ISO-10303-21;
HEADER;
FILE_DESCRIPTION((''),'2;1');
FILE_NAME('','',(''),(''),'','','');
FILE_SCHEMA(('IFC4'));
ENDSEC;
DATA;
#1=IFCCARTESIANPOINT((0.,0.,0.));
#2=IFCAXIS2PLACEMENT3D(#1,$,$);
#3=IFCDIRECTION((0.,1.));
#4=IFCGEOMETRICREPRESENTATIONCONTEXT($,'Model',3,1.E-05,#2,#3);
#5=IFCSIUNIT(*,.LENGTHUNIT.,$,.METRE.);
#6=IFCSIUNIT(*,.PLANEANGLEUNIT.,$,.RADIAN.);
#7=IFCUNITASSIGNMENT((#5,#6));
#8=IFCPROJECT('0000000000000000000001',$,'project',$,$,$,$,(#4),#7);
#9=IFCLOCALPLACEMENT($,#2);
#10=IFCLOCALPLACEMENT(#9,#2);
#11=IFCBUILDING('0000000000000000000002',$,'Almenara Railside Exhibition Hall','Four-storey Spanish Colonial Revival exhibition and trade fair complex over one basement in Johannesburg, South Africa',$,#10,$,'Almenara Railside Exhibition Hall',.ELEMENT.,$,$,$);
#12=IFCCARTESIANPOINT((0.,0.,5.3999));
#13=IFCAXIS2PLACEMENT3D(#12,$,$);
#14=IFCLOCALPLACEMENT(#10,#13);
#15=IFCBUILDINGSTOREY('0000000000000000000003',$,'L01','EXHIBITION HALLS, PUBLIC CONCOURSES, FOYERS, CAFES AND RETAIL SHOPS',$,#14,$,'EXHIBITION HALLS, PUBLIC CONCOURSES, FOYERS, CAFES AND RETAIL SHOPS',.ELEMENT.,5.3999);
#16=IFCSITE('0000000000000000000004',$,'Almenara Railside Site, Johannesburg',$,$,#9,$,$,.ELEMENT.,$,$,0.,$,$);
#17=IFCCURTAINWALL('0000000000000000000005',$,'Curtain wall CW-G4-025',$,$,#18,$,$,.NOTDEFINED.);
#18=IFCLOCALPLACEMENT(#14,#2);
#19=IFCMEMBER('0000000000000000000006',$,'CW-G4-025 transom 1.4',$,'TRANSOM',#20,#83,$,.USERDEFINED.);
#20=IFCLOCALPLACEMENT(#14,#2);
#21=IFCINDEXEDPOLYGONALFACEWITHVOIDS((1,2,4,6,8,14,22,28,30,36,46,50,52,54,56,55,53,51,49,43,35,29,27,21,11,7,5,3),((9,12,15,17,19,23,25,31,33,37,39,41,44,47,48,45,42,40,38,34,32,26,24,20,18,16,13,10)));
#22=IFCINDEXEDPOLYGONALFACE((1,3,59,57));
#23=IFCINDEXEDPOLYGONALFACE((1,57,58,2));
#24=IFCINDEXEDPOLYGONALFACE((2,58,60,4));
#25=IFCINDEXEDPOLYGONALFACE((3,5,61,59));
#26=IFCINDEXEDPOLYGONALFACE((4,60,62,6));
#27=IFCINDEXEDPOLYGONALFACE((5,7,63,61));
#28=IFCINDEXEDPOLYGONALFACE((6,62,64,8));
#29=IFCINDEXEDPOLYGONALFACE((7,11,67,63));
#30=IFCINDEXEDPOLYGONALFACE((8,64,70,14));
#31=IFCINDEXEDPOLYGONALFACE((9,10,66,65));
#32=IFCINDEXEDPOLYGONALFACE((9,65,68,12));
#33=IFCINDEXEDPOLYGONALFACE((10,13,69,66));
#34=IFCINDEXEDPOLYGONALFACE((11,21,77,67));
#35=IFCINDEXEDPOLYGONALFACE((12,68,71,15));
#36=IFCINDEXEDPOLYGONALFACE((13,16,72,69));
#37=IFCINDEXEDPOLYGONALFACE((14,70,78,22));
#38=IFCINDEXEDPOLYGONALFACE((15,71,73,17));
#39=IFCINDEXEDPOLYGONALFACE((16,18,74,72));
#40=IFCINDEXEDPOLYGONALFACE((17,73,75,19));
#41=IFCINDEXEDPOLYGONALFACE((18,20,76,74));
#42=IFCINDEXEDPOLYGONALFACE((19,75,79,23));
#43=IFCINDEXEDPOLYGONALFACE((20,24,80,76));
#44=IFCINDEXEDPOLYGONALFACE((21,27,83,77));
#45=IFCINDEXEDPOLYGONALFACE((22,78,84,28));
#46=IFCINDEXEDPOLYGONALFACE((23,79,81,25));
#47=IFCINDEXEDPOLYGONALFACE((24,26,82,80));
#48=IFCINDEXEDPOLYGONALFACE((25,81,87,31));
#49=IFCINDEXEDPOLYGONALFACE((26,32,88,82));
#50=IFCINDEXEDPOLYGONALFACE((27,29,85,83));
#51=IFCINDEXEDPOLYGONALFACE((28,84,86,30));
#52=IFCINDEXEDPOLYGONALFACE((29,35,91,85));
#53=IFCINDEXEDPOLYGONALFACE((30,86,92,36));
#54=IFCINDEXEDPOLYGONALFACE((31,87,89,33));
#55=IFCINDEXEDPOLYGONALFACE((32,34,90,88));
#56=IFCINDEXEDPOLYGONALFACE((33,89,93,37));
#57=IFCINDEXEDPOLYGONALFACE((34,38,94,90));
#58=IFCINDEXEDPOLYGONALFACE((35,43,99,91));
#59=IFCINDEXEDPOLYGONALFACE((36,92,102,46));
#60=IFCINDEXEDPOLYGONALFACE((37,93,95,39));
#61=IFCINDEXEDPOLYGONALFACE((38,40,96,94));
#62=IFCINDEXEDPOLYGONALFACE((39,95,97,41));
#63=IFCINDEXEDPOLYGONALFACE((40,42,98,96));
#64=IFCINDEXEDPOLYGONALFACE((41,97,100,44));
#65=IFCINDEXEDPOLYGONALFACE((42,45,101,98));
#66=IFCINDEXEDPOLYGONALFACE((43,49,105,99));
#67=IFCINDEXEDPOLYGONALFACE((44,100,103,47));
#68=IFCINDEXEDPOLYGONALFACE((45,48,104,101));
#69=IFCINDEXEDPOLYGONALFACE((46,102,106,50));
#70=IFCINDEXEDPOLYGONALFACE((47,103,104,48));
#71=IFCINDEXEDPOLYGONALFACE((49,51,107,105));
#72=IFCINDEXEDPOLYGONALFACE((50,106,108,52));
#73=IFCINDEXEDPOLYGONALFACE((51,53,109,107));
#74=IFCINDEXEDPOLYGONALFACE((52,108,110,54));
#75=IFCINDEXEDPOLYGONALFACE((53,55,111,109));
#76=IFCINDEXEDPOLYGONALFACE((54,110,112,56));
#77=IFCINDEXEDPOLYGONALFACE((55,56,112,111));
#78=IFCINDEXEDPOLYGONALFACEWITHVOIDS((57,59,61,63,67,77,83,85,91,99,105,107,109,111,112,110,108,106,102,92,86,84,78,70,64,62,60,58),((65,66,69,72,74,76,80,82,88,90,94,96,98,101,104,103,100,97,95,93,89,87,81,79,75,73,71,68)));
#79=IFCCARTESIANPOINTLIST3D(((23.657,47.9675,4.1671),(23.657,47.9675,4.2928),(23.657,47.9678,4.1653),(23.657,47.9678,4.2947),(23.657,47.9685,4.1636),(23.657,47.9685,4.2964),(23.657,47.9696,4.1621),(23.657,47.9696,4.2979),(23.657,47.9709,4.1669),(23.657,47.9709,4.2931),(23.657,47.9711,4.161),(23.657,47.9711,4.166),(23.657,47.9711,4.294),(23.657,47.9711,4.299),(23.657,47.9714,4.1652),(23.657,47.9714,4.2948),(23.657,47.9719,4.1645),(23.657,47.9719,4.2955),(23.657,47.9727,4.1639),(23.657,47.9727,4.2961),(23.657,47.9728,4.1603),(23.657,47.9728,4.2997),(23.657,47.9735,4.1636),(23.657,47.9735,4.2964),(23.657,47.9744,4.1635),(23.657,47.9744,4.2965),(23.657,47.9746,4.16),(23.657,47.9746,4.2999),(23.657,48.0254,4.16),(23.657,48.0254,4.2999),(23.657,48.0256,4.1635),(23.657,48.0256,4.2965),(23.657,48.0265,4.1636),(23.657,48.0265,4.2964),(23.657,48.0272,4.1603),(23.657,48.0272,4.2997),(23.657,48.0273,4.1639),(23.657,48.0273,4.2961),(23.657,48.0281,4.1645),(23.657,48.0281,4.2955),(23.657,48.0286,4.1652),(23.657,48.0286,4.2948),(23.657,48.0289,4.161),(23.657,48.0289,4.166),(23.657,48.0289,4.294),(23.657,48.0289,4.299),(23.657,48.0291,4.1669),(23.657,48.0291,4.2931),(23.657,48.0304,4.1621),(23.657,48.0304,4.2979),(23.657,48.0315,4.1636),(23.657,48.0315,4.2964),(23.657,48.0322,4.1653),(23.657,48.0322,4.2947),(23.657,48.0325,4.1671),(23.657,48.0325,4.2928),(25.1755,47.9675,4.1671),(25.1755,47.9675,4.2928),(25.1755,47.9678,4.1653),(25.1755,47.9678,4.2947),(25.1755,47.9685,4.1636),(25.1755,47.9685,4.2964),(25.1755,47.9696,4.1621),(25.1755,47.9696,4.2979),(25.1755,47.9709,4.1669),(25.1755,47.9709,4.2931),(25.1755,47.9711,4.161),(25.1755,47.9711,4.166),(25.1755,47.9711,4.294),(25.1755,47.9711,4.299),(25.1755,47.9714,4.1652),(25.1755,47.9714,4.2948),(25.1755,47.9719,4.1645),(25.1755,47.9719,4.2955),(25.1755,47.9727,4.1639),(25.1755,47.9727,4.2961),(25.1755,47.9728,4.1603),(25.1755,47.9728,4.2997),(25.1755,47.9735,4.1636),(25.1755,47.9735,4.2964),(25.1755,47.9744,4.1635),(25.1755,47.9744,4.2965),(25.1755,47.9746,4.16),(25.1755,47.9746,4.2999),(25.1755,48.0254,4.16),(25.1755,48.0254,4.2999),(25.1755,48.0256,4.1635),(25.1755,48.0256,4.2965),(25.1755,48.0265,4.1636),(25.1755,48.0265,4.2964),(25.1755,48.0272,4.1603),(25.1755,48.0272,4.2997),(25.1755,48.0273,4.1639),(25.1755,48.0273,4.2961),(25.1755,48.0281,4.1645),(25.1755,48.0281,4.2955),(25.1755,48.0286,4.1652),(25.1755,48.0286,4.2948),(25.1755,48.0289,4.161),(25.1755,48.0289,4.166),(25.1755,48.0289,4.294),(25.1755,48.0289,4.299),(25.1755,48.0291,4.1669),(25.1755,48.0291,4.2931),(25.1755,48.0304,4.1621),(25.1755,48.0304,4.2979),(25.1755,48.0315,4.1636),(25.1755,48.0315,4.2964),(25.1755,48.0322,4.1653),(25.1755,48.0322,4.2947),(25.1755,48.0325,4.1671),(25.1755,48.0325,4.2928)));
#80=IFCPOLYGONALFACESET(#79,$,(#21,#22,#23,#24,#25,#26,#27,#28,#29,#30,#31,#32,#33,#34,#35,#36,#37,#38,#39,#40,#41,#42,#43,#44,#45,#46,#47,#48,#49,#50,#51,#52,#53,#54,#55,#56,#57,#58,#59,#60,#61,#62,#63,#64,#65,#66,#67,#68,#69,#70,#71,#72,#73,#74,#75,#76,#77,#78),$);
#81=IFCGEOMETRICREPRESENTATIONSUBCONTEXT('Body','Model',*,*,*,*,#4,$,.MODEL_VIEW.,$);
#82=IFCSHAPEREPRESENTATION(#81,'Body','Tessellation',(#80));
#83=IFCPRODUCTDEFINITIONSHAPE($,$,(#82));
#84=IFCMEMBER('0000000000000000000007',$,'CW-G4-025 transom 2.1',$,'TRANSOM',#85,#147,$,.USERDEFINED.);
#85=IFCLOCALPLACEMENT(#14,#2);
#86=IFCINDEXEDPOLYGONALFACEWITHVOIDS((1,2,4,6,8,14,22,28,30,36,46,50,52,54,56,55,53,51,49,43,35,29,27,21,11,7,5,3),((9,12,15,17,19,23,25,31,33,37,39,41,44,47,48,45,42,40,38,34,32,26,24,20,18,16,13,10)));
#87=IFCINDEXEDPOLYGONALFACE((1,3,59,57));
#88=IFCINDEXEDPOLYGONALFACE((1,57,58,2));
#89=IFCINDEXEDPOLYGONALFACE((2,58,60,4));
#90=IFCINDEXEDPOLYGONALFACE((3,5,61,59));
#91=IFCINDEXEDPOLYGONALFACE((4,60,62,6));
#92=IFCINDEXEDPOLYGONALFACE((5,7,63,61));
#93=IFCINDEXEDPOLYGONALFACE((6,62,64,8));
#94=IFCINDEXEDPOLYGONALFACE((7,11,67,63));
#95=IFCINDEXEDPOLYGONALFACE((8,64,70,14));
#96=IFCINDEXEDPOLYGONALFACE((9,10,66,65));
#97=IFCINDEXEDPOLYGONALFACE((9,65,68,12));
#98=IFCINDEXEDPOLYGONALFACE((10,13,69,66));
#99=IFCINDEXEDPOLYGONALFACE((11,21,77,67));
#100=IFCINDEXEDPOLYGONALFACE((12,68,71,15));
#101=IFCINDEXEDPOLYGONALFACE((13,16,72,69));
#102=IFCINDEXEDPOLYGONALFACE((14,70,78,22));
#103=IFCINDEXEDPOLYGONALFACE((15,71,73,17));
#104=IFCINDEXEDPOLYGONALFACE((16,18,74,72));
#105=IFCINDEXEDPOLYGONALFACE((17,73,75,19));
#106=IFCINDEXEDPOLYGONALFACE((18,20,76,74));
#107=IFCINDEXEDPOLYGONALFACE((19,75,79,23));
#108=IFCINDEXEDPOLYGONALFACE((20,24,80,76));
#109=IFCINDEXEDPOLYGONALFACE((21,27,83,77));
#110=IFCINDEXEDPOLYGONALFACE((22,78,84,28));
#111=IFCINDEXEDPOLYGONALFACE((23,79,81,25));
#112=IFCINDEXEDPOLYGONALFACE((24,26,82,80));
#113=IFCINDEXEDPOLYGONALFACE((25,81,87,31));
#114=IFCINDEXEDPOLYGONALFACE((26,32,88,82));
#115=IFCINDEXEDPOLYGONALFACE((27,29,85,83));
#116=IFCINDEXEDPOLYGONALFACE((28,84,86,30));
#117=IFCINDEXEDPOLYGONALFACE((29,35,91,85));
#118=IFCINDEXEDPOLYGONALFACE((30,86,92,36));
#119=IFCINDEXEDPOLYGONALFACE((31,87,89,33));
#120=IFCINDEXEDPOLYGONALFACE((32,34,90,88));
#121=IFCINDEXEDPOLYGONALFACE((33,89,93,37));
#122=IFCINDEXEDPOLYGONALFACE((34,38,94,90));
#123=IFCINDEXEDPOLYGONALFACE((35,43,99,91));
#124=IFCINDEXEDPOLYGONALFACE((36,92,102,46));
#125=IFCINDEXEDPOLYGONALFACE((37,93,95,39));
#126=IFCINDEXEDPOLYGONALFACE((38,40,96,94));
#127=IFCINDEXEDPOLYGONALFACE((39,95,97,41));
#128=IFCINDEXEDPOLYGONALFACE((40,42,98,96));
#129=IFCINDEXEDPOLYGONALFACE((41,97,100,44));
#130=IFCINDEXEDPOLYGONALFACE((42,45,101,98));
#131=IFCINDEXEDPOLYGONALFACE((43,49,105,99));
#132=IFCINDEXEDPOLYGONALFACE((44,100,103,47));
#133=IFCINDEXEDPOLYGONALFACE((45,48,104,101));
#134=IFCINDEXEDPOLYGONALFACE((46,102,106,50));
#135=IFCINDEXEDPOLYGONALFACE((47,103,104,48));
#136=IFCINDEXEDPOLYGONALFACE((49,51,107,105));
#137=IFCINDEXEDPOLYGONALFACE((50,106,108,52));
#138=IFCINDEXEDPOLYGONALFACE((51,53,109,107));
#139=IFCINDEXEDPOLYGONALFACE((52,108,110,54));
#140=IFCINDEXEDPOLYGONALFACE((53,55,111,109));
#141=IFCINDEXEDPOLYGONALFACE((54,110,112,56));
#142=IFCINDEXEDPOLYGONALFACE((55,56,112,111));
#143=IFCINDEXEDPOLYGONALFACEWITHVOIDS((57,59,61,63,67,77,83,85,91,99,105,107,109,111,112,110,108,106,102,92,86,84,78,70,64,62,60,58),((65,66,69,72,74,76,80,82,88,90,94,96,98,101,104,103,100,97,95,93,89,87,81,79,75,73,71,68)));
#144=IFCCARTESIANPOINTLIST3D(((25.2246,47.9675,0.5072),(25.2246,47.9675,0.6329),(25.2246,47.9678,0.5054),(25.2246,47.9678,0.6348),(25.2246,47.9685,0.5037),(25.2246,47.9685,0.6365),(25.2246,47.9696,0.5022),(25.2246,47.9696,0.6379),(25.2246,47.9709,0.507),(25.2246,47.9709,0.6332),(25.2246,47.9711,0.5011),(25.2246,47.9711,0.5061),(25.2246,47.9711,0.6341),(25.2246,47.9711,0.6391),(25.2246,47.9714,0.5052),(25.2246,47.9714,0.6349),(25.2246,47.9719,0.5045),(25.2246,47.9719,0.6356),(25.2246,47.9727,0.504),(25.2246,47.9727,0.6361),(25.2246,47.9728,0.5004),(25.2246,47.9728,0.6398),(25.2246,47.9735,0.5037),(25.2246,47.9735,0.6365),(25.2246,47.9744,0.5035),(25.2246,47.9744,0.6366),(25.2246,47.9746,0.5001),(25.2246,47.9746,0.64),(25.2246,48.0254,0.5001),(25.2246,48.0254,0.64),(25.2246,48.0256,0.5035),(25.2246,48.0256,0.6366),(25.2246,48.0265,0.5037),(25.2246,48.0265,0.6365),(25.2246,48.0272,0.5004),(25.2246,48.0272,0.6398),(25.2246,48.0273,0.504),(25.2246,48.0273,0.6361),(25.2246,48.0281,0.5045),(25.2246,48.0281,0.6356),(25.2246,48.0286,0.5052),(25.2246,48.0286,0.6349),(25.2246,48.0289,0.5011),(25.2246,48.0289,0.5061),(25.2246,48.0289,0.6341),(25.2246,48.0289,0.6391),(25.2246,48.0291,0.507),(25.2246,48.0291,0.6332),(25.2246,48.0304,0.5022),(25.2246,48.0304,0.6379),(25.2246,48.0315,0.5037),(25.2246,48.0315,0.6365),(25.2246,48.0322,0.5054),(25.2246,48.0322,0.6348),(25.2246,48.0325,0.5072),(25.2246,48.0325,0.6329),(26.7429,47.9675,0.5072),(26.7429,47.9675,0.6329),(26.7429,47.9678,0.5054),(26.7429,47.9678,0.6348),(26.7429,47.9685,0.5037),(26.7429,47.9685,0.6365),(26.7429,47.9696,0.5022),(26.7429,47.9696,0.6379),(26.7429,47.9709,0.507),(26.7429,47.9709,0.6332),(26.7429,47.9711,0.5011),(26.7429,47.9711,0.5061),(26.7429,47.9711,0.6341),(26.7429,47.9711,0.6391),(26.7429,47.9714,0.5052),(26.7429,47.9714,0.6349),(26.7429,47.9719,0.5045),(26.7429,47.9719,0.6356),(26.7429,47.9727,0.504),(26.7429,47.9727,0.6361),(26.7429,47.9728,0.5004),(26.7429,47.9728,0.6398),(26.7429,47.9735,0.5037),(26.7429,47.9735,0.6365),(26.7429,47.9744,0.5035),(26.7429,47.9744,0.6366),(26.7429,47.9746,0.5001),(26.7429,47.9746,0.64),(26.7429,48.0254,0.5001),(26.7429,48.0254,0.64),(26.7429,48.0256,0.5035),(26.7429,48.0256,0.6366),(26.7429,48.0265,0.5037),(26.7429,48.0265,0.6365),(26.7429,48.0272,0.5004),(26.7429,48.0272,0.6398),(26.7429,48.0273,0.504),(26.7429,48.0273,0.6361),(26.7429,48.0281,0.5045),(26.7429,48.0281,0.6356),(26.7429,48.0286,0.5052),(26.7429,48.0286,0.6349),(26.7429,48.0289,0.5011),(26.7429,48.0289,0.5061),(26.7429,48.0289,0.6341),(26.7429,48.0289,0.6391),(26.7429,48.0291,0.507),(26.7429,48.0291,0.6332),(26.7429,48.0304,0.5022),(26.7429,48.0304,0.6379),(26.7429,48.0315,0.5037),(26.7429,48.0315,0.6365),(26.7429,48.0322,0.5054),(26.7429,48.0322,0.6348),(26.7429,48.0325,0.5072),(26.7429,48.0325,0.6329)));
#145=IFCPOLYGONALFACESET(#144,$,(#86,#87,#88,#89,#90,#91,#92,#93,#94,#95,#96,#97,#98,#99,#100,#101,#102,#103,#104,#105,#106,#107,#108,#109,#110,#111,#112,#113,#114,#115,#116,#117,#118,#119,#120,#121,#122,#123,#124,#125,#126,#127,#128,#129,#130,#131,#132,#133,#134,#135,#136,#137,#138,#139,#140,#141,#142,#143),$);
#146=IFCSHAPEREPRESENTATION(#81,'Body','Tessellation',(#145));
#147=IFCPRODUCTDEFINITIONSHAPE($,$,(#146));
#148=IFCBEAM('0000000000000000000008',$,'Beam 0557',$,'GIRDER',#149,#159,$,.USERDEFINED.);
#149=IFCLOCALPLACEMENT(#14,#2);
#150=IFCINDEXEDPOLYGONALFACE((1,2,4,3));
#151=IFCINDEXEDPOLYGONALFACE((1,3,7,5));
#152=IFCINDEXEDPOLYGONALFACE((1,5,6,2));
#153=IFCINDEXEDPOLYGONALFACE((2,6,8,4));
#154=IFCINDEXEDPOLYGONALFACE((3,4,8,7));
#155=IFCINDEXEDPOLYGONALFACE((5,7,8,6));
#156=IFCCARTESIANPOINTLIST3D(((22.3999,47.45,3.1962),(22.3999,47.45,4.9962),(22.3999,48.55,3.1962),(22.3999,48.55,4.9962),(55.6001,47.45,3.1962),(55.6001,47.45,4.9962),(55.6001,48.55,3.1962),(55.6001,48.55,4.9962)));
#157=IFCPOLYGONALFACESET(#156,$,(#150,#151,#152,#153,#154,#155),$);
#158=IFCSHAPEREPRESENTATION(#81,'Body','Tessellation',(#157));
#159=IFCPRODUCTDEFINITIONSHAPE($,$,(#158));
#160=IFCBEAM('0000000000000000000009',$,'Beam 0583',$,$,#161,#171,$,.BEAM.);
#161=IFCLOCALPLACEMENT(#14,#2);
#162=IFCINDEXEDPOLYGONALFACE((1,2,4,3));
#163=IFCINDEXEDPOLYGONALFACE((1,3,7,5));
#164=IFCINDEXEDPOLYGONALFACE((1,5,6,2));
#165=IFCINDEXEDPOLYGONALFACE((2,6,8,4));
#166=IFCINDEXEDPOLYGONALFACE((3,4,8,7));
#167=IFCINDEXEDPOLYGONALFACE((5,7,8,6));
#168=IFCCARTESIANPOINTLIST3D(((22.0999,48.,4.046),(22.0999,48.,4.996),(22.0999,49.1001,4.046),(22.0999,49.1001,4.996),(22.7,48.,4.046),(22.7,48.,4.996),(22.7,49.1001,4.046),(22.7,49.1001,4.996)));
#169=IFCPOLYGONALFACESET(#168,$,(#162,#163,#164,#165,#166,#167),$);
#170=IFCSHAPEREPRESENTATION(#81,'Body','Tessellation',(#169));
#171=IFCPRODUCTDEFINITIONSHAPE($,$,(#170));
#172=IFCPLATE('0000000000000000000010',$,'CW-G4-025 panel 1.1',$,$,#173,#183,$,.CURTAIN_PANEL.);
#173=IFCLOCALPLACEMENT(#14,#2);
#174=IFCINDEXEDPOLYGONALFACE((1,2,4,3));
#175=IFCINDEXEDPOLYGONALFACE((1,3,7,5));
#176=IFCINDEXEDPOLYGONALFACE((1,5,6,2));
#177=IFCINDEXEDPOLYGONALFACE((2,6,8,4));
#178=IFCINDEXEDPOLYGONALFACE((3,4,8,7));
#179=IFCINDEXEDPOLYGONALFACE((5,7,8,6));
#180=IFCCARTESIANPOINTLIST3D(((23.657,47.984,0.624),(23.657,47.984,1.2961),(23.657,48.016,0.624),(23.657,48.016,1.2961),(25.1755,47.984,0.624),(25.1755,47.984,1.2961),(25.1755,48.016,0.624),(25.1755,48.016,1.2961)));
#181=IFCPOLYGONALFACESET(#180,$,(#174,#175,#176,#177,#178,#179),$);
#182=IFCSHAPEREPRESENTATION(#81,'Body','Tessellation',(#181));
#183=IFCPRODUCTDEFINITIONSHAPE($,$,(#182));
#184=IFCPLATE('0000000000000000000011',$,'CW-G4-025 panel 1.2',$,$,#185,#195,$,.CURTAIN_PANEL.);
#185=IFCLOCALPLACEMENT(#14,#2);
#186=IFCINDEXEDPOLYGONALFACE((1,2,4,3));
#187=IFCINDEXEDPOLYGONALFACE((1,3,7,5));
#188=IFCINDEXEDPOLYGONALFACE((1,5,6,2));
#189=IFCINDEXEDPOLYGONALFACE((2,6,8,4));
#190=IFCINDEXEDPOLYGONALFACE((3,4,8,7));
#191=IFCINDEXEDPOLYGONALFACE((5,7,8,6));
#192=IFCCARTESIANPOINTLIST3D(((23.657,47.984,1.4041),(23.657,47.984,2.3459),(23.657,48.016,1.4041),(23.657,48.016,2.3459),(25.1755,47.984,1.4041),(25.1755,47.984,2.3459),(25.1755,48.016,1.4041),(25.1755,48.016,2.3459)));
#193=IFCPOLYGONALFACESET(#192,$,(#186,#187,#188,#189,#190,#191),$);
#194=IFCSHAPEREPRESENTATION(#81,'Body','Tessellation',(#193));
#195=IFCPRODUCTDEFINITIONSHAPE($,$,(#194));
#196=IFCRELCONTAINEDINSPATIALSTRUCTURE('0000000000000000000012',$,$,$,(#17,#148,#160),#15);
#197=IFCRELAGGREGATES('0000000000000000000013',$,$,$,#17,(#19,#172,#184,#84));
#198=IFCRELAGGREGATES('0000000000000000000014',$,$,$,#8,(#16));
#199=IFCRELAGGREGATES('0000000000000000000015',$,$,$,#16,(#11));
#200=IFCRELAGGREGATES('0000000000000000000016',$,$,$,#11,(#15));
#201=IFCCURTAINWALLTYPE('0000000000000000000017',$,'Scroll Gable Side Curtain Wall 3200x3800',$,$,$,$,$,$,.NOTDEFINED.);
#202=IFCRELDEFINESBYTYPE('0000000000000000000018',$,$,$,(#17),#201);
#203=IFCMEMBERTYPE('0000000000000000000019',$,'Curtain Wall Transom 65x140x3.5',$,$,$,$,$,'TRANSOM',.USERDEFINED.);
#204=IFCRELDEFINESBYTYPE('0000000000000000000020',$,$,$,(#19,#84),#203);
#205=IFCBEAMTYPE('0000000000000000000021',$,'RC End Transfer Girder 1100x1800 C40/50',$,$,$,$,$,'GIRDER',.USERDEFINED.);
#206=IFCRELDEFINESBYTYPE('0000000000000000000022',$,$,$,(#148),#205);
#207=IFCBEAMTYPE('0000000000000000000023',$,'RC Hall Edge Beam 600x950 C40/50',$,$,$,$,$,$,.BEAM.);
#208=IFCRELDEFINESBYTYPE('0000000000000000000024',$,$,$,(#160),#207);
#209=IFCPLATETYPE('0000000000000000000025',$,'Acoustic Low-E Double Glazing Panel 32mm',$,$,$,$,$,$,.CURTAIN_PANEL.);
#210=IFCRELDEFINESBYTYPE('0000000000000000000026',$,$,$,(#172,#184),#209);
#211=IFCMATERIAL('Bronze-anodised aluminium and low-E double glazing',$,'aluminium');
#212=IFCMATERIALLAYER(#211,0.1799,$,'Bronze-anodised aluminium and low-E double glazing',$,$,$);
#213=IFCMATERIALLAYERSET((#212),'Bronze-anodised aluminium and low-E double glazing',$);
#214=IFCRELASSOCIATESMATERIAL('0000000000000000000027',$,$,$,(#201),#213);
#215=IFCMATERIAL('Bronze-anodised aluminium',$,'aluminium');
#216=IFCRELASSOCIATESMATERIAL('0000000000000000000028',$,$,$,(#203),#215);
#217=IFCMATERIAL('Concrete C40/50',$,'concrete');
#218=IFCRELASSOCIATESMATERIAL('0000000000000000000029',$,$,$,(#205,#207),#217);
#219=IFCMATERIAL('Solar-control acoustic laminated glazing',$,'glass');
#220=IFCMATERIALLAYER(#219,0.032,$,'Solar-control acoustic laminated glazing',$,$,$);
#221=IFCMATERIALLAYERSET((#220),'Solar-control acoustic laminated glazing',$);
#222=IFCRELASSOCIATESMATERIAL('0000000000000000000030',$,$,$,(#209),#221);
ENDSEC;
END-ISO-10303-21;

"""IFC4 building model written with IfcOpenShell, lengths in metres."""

from ifc_helpers import new_model, si_unit, direction, frame, origin, origin_2d, place, context, subcontext, project, spatial, rectangle, hollow_rectangle, extrude, material, layer, layer_set, material_profile, profile_set, type_object, element, aggregate, save


model = new_model("IFC4")

# Units and contexts
model_context = context("Model", 3, precision=1e-05, world=origin(), true_north=direction((0.0, 1.0)))
body_context = subcontext(model_context, "Body", "Model", "MODEL_VIEW")
ifc_project = project(units=[si_unit("LENGTHUNIT", "METRE"), si_unit("PLANEANGLEUNIT", "RADIAN")], contexts=[model_context])

# Site, building, storey
site_placement = place(None, origin())
site = spatial("IfcSite", under=ifc_project, at=site_placement, Name="Almenara Railside Site, Johannesburg", CompositionType="ELEMENT", RefElevation=0.0)
building_placement = place(site_placement, origin())
building = spatial("IfcBuilding", under=site, at=building_placement, Name="Almenara Railside Exhibition Hall", Description="Four-storey Spanish Colonial Revival exhibition and trade fair complex over one basement in Johannesburg, South Africa", LongName="Almenara Railside Exhibition Hall", CompositionType="ELEMENT")
storey_placement = place(building_placement, frame((0.0, 0.0, 5.3999)))
storey = spatial("IfcBuildingStorey", under=building, at=storey_placement, Name="L01", Description="EXHIBITION HALLS, PUBLIC CONCOURSES, FOYERS, CAFES AND RETAIL SHOPS", LongName="EXHIBITION HALLS, PUBLIC CONCOURSES, FOYERS, CAFES AND RETAIL SHOPS", CompositionType="ELEMENT", Elevation=5.3999)

# Shared definitions
ifc_material_1 = material(Name="Concrete C40/50", Category="concrete")

# Shared definitions
ifc_material_2 = material(Name="Bronze-anodised aluminium and low-E double glazing", Category="aluminium")
ifc_material_3 = material(Name="Bronze-anodised aluminium", Category="aluminium")

# Curtain wall
ifc_layer_1 = layer(ifc_material_2, 0.1799, Name="Bronze-anodised aluminium and low-E double glazing")
ifc_layer_set_1 = layer_set([ifc_layer_1], Name="Bronze-anodised aluminium and low-E double glazing")
curtain_wall_type_1 = type_object("IfcCurtainWallType", Name="Scroll Gable Side Curtain Wall 3200x3800", PredefinedType="NOTDEFINED", material=ifc_layer_set_1)
curtain_wall_1_placement = place(storey_placement, origin())
curtain_wall_1 = element("IfcCurtainWall", 1, at=curtain_wall_1_placement, inside=storey, type_object=curtain_wall_type_1, Name="Curtain wall CW-G4-025", PredefinedType="NOTDEFINED")

# Members
ifc_material_profile_1 = material_profile(ifc_material_3, hollow_rectangle(XDim=0.0649, YDim=0.1399, WallThickness=0.0034, InnerFilletRadius=0.0034, OuterFilletRadius=0.0071, at=origin_2d()), Name="ALU-TRN 65x140x3.5")
ifc_profile_set_1 = profile_set([ifc_material_profile_1], Name="Bronze-anodised aluminium")
member_type_1 = type_object("IfcMemberType", Name="Curtain Wall Transom 65x140x3.5", ElementType="TRANSOM", PredefinedType="USERDEFINED", material=ifc_profile_set_1)
member_1_placement = place(storey_placement, frame((23.657, 48.0, 4.23), z_axis=(1.0, 0.0, 0.0), x_axis=(0.0, 1.0, 0.0)))
member_1 = element("IfcMember", 2, at=member_1_placement, type_object=member_type_1, Name="CW-G4-025 transom 1.4", ObjectType="TRANSOM", PredefinedType="USERDEFINED", context=body_context, shape_type="SweptSolid", body=[
    extrude(hollow_rectangle(XDim=0.0649, YDim=0.1399, WallThickness=0.0034, InnerFilletRadius=0.0034, OuterFilletRadius=0.0071, at=origin_2d()), origin(), (0.0, 0.0, 1.0), 1.5186),
])
member_2_placement = place(storey_placement, frame((25.2246, 48.0, 0.5701), z_axis=(1.0, 0.0, 0.0), x_axis=(0.0, 1.0, 0.0)))
member_2 = element("IfcMember", 3, at=member_2_placement, type_object=member_type_1, Name="CW-G4-025 transom 2.1", ObjectType="TRANSOM", PredefinedType="USERDEFINED", context=body_context, shape_type="SweptSolid", body=[
    extrude(hollow_rectangle(XDim=0.0649, YDim=0.1399, WallThickness=0.0034, InnerFilletRadius=0.0034, OuterFilletRadius=0.0071, at=origin_2d()), origin(), (0.0, 0.0, 1.0), 1.5183),
])

# Beams
ifc_material_profile_2 = material_profile(ifc_material_1, rectangle(XDim=1.1001, YDim=1.8, at=origin_2d()), Name="RC 1100x1800")
ifc_profile_set_2 = profile_set([ifc_material_profile_2], Name="Concrete C40/50")
beam_type_1 = type_object("IfcBeamType", Name="RC End Transfer Girder 1100x1800 C40/50", ElementType="GIRDER", PredefinedType="USERDEFINED", material=ifc_profile_set_2)
beam_1_placement = place(storey_placement, frame((22.3999, 48.0, 4.0962), z_axis=(1.0, 0.0, 0.0), x_axis=(0.0, 1.0, 0.0)))
element("IfcBeam", 4, at=beam_1_placement, inside=storey, type_object=beam_type_1, Name="Beam 0557", ObjectType="GIRDER", PredefinedType="USERDEFINED", context=body_context, shape_type="SweptSolid", body=[
    extrude(rectangle(XDim=1.1001, YDim=1.8, at=origin_2d()), origin(), (0.0, 0.0, 1.0), 33.2002),
])
ifc_material_profile_3 = material_profile(ifc_material_1, rectangle(XDim=0.6001, YDim=0.95, at=origin_2d()), Name="RC 600x950")
ifc_profile_set_3 = profile_set([ifc_material_profile_3], Name="Concrete C40/50")
beam_type_2 = type_object("IfcBeamType", Name="RC Hall Edge Beam 600x950 C40/50", PredefinedType="BEAM", material=ifc_profile_set_3)
beam_2_placement = place(storey_placement, frame((22.3999, 48.0, 4.521), z_axis=(0.0, 1.0, 0.0), x_axis=(-1.0, 0.0, 0.0)))
element("IfcBeam", 5, at=beam_2_placement, inside=storey, type_object=beam_type_2, Name="Beam 0583", PredefinedType="BEAM", context=body_context, shape_type="SweptSolid", body=[
    extrude(rectangle(XDim=0.6001, YDim=0.95, at=origin_2d()), origin(), (0.0, 0.0, 1.0), 1.1001),
])

# Plates
ifc_material_4 = material(Name="Solar-control acoustic laminated glazing", Category="glass")
ifc_layer_2 = layer(ifc_material_4, 0.032, Name="Solar-control acoustic laminated glazing")
ifc_layer_set_2 = layer_set([ifc_layer_2], Name="Solar-control acoustic laminated glazing")
plate_type_1 = type_object("IfcPlateType", Name="Acoustic Low-E Double Glazing Panel 32mm", PredefinedType="CURTAIN_PANEL", material=ifc_layer_set_2)
plate_1_placement = place(storey_placement, frame((24.4163, 48.0, 0.624), z_axis=(0.0, 0.0, 1.0), x_axis=(1.0, 0.0, 0.0)))
plate_1 = element("IfcPlate", 6, at=plate_1_placement, type_object=plate_type_1, Name="CW-G4-025 panel 1.1", PredefinedType="CURTAIN_PANEL", context=body_context, shape_type="SweptSolid", body=[
    extrude(rectangle(XDim=1.5186, YDim=0.032, at=origin_2d()), origin(), (0.0, 0.0, 1.0), 0.6721),
])
plate_2_placement = place(storey_placement, frame((24.4163, 48.0, 1.4041), z_axis=(0.0, 0.0, 1.0), x_axis=(1.0, 0.0, 0.0)))
plate_2 = element("IfcPlate", 7, at=plate_2_placement, type_object=plate_type_1, Name="CW-G4-025 panel 1.2", PredefinedType="CURTAIN_PANEL", context=body_context, shape_type="SweptSolid", body=[
    extrude(rectangle(XDim=1.5186, YDim=0.032, at=origin_2d()), origin(), (0.0, 0.0, 1.0), 0.9419),
])
aggregate(curtain_wall_1, [member_1, plate_1, plate_2, member_2])

save(model, "model.ifc")
